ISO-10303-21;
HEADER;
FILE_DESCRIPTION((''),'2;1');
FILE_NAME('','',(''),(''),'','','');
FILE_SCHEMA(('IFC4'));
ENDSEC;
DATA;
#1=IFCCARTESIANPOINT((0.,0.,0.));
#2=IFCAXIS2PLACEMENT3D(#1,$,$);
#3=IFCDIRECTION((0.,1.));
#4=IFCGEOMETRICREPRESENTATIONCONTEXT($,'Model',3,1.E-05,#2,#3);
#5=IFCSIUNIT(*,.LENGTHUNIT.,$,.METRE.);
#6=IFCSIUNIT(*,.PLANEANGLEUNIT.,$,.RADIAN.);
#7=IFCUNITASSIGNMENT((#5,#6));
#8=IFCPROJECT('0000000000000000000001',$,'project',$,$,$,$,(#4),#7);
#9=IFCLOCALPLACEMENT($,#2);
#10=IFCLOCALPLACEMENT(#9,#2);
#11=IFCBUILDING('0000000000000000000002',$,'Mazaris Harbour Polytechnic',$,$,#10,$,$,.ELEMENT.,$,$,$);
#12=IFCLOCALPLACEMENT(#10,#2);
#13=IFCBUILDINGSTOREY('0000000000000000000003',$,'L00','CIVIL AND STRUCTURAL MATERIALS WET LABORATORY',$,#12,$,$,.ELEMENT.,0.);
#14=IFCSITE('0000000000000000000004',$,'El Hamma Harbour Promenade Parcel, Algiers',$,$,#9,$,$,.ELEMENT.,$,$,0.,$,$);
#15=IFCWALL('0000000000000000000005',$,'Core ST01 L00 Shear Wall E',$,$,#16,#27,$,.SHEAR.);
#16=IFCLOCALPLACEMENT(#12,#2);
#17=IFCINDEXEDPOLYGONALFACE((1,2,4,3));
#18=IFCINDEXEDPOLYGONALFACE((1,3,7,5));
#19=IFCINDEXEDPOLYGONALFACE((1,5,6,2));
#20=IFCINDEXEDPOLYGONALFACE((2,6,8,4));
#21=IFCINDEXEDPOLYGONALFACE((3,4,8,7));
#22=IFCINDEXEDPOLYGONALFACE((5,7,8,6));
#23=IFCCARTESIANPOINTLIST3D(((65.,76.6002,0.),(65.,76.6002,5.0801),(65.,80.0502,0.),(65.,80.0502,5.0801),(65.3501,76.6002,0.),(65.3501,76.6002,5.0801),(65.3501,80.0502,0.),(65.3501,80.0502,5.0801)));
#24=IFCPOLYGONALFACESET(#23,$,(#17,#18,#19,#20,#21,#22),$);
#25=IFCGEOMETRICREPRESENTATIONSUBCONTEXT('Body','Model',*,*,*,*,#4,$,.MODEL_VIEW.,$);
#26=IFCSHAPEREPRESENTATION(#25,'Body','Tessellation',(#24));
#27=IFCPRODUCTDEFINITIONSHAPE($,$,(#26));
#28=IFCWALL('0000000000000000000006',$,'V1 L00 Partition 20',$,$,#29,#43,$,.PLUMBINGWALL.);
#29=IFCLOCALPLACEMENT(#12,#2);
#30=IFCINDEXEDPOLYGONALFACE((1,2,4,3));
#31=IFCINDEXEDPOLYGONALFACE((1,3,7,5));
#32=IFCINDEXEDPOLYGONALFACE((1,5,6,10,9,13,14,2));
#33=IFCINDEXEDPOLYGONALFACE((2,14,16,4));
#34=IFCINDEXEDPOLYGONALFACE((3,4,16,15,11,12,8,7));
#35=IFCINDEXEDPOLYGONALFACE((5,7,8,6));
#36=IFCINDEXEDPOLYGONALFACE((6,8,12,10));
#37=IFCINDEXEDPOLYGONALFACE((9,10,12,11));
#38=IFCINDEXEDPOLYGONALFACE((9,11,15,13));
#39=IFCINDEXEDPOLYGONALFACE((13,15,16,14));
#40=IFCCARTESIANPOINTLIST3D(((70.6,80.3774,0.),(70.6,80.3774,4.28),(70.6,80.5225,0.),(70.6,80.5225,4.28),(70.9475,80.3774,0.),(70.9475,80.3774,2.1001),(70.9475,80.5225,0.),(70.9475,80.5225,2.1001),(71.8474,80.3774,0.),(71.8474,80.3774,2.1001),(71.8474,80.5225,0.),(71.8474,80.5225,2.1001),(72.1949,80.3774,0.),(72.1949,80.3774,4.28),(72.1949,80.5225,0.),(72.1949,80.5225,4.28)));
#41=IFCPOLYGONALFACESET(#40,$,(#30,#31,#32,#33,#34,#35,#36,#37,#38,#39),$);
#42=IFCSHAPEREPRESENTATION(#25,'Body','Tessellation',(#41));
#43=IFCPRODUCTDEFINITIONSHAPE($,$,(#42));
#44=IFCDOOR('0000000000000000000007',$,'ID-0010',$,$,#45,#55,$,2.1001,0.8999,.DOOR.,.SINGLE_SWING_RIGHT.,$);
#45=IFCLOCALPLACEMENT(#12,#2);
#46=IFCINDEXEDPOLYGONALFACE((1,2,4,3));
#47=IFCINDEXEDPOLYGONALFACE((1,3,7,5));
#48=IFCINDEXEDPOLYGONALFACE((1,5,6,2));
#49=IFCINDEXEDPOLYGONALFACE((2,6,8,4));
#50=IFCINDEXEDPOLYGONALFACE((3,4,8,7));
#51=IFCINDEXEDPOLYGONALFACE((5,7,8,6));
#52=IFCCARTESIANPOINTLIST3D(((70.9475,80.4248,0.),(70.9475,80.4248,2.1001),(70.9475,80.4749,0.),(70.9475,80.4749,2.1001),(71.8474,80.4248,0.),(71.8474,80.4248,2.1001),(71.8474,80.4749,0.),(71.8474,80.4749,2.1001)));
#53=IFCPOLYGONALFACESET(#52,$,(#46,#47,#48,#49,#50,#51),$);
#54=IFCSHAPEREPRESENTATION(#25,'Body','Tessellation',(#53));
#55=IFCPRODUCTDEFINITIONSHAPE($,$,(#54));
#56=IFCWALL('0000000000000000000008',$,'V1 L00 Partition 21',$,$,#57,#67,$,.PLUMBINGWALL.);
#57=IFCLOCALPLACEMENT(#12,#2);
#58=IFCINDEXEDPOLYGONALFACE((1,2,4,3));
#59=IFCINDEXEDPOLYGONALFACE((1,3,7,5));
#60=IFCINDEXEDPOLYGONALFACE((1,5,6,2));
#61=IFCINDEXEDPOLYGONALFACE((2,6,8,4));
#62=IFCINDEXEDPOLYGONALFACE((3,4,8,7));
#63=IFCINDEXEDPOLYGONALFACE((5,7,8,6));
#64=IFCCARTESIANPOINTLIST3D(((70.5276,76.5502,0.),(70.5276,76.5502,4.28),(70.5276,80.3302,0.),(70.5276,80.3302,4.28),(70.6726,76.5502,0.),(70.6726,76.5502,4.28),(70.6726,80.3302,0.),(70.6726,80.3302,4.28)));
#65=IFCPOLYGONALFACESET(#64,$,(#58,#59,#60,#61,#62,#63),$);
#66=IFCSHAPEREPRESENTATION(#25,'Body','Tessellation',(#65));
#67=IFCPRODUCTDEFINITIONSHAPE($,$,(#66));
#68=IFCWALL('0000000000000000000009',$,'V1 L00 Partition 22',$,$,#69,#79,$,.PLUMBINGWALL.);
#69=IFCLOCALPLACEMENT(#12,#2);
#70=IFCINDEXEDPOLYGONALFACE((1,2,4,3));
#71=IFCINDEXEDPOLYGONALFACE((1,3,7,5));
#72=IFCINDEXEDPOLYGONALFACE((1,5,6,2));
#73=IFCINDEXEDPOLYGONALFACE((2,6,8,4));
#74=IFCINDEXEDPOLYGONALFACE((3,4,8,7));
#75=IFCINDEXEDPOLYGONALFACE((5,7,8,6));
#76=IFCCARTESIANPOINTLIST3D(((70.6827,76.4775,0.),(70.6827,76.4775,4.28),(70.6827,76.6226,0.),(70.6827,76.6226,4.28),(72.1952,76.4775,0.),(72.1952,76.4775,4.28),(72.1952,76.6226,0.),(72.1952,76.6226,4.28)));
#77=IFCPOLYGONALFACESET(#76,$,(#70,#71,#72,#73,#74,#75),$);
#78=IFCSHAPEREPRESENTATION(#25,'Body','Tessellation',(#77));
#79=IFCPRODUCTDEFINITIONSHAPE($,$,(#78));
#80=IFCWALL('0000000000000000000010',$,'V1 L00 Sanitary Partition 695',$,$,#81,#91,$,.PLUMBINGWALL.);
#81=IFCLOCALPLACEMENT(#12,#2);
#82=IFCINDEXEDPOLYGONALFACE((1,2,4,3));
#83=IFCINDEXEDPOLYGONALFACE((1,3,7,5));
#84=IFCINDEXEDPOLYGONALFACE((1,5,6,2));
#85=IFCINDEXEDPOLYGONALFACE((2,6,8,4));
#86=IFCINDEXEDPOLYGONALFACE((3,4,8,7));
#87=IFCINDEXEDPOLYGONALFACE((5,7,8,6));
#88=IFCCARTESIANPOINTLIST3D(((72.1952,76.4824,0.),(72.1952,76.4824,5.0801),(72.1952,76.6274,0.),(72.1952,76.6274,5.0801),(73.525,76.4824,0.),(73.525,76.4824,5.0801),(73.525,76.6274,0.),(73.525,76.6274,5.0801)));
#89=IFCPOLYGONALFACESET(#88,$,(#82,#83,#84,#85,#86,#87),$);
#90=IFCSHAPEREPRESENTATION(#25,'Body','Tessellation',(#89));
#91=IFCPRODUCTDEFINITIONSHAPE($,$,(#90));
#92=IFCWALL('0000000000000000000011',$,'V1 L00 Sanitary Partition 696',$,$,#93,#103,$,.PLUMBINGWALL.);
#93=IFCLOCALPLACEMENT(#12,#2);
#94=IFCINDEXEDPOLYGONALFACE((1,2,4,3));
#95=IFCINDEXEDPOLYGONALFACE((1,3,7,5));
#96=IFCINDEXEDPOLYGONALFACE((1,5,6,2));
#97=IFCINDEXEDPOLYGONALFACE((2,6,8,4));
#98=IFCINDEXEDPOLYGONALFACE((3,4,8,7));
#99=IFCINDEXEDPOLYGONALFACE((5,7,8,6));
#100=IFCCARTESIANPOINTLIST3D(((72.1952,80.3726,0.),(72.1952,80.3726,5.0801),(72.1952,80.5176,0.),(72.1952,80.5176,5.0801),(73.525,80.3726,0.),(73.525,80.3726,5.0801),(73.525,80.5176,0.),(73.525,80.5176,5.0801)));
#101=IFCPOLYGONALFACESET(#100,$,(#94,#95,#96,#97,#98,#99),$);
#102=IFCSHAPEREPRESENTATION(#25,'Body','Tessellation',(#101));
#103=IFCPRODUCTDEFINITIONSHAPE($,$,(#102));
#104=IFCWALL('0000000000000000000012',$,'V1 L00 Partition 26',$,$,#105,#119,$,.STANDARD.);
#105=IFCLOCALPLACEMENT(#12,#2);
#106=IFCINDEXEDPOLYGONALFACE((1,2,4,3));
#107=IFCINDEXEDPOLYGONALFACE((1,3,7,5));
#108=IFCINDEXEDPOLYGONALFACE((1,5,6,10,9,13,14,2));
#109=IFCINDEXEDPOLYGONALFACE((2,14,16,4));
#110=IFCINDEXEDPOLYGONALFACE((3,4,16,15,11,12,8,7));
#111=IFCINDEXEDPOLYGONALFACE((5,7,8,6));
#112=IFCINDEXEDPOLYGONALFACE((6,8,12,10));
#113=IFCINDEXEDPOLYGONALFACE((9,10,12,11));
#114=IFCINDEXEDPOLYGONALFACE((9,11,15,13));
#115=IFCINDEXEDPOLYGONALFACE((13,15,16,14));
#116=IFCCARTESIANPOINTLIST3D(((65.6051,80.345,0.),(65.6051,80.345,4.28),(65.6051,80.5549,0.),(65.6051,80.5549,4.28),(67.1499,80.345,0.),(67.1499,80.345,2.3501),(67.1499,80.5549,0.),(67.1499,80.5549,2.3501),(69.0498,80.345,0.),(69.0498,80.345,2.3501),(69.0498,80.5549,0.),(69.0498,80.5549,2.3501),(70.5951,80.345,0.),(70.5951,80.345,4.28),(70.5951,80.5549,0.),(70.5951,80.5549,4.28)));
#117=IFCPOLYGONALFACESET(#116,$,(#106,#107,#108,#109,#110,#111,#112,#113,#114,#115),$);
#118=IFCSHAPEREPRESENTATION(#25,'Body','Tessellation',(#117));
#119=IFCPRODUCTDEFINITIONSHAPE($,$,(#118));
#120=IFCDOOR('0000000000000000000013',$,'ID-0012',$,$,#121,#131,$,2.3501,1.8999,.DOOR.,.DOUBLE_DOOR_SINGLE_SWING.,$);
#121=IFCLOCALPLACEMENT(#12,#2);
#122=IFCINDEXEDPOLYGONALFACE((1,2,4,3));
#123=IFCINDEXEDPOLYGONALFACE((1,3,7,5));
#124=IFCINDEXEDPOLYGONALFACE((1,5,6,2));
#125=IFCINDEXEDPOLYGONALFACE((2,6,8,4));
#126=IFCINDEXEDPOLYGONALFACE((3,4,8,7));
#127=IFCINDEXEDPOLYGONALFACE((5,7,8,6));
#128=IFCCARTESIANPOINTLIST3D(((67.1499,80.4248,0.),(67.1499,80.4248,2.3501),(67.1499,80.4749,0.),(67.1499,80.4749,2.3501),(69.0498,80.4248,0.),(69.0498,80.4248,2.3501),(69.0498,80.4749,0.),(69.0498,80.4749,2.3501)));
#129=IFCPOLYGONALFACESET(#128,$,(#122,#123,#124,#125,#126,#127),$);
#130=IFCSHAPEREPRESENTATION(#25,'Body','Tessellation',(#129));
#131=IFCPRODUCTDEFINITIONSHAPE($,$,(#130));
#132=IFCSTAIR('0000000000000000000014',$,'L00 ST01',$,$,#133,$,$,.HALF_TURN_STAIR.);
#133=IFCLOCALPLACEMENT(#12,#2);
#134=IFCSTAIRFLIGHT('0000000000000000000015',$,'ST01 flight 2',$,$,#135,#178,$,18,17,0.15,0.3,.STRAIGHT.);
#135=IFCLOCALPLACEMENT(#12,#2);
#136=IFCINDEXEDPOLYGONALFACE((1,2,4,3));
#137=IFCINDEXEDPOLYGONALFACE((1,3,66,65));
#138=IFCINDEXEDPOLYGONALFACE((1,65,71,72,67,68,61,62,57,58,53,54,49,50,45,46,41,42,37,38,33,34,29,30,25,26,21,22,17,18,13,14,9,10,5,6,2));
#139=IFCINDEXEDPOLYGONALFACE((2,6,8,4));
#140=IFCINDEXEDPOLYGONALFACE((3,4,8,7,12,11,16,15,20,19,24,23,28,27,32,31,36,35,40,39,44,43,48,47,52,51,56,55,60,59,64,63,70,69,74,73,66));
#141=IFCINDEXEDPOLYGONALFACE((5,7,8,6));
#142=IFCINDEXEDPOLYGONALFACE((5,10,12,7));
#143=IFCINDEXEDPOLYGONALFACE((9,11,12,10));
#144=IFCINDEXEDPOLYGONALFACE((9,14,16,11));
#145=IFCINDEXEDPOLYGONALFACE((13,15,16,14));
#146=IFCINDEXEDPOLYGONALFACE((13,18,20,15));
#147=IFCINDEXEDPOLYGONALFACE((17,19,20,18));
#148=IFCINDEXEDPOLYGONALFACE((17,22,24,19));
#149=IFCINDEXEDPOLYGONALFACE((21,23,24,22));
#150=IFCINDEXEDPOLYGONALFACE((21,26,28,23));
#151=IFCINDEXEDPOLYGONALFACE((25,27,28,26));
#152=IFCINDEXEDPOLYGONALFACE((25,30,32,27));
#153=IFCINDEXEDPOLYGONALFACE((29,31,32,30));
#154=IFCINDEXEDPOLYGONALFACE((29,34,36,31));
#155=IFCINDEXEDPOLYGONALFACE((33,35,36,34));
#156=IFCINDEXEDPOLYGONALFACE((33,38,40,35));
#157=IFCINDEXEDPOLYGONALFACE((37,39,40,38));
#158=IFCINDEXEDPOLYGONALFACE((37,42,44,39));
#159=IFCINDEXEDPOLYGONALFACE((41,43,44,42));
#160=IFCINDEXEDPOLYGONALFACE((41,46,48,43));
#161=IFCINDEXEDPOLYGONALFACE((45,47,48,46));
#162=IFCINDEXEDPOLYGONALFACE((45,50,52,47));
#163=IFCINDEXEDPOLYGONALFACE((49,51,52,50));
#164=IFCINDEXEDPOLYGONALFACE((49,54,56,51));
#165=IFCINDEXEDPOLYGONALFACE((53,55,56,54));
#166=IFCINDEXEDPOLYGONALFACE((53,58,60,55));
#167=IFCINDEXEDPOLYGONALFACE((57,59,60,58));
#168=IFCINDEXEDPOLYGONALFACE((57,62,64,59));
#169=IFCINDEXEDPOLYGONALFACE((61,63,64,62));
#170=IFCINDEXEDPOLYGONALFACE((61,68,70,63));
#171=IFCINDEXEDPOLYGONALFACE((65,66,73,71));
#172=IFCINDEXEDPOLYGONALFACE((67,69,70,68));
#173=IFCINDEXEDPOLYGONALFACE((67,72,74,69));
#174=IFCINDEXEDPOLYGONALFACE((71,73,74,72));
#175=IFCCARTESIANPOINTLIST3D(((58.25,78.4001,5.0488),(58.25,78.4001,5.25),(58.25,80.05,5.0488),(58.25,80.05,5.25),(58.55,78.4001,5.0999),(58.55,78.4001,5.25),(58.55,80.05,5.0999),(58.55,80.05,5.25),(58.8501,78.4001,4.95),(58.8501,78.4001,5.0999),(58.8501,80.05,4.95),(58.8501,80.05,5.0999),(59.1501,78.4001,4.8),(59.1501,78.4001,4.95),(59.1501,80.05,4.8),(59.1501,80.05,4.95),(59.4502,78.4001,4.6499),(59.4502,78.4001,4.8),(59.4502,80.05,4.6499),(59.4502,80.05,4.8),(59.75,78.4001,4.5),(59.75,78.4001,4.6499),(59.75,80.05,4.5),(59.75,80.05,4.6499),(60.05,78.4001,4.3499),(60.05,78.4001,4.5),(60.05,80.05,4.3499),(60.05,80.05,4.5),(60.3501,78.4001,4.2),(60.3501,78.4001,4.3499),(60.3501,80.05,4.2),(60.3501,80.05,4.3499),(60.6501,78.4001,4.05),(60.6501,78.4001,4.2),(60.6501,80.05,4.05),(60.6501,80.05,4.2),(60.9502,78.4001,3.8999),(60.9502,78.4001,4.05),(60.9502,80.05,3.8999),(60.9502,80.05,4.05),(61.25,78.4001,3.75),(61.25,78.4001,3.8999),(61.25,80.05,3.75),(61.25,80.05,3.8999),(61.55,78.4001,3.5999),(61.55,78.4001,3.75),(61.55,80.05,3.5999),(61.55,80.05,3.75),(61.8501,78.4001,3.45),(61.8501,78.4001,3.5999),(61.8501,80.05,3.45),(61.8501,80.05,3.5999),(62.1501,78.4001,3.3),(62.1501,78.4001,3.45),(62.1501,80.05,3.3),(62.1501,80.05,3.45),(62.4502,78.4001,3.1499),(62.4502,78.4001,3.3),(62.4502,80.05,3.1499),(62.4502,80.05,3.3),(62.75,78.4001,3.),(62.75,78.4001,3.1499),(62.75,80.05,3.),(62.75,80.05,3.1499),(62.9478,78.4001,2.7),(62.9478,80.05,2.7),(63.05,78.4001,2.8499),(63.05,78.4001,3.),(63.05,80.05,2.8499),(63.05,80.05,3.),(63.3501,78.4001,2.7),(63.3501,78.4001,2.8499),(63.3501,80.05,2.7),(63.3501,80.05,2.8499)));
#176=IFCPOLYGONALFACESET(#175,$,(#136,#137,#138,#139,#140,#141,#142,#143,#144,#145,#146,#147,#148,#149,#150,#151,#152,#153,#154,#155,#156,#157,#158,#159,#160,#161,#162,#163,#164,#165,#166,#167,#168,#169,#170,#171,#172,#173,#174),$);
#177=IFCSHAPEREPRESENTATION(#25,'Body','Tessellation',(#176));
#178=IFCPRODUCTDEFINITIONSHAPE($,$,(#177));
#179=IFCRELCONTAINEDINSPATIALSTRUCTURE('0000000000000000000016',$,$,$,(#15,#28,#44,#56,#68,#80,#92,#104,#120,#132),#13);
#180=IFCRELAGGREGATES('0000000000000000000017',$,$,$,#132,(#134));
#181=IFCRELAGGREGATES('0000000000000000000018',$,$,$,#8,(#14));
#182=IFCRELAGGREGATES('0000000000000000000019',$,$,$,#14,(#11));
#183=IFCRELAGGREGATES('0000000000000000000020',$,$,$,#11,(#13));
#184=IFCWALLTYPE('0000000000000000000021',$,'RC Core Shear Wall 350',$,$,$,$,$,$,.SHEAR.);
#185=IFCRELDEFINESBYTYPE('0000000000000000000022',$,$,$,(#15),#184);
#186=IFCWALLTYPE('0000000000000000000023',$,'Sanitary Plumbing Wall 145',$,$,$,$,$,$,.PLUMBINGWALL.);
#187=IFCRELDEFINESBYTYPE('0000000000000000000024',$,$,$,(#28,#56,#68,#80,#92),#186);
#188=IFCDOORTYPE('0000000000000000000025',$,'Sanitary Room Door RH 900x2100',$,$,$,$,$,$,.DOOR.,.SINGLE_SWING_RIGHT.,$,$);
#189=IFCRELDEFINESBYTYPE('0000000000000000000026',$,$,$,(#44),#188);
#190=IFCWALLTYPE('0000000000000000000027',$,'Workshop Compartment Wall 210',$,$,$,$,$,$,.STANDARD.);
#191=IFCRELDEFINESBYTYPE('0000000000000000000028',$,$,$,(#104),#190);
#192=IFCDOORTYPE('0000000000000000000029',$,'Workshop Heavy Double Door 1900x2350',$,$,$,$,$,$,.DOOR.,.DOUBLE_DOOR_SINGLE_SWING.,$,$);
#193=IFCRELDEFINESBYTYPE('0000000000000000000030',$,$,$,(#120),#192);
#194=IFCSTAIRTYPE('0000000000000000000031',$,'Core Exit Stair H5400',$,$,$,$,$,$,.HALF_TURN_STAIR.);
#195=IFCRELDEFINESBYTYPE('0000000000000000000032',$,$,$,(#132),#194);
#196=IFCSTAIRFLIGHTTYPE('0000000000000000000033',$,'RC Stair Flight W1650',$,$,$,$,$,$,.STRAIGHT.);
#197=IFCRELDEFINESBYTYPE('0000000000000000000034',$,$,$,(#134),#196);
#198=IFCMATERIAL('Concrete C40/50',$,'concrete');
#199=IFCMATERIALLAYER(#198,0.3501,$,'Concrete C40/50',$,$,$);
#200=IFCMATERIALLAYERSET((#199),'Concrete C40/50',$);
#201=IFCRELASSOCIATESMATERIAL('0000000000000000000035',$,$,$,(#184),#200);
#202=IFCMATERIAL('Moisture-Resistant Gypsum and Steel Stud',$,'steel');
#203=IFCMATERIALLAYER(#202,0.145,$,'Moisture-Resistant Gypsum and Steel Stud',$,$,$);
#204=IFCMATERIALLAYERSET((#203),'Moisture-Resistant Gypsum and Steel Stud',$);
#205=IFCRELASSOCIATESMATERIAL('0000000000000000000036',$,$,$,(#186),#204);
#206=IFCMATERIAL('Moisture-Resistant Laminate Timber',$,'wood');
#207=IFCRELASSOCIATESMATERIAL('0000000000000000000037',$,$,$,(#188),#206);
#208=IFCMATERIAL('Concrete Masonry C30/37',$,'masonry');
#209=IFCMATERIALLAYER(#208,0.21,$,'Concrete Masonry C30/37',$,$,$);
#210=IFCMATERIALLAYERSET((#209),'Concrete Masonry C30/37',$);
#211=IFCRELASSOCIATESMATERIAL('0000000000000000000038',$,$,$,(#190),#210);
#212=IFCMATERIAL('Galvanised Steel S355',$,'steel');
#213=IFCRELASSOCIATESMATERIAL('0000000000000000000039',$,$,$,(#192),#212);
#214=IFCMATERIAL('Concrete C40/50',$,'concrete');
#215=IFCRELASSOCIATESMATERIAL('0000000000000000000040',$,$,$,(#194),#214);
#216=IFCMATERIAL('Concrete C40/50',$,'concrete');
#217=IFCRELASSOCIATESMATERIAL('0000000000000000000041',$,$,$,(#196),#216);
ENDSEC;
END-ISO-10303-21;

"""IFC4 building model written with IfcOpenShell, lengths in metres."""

from ifc_helpers import new_model, si_unit, direction, frame, frame_2d, origin, place, context, subcontext, project, spatial, polyline, rectangle, outline, extrude, material, layer, layer_set, type_object, element, fill, aggregate, save


model = new_model("IFC4")

# Units and contexts
model_context = context("Model", 3, precision=1e-05, world=origin(), true_north=direction((0.0, 1.0)))
body_context = subcontext(model_context, "Body", "Model", "MODEL_VIEW")
ifc_project = project(units=[si_unit("LENGTHUNIT", "METRE"), si_unit("PLANEANGLEUNIT", "RADIAN")], contexts=[model_context])

# Site, building, storey
site_placement = place(None, origin())
site = spatial("IfcSite", under=ifc_project, at=site_placement, Name="El Hamma Harbour Promenade Parcel, Algiers", CompositionType="ELEMENT", RefElevation=0.0)
building_placement = place(site_placement, origin())
building = spatial("IfcBuilding", under=site, at=building_placement, Name="Mazaris Harbour Polytechnic", CompositionType="ELEMENT")
storey_placement = place(building_placement, origin())
storey = spatial("IfcBuildingStorey", under=building, at=storey_placement, Name="L00", Description="CIVIL AND STRUCTURAL MATERIALS WET LABORATORY", CompositionType="ELEMENT", Elevation=0.0)

# Wall
ifc_material_1 = material(Name="Concrete C40/50", Category="concrete")
ifc_layer_1 = layer(ifc_material_1, 0.3501, Name="Concrete C40/50")
ifc_layer_set_1 = layer_set([ifc_layer_1], Name="Concrete C40/50")
wall_type_1 = type_object("IfcWallType", Name="RC Core Shear Wall 350", PredefinedType="SHEAR", material=ifc_layer_set_1)
wall_1_placement = place(storey_placement, frame((65.175, 76.6001, 0.0), z_axis=(0.0, 0.0, 1.0), x_axis=(0.0, 1.0, 0.0)))
element("IfcWall", 1, at=wall_1_placement, inside=storey, type_object=wall_type_1, Name="Core ST01 L00 Shear Wall E", PredefinedType="SHEAR", context=body_context, shape_type="SweptSolid", body=[
    extrude(rectangle(XDim=3.45, YDim=0.3501, at=frame_2d((1.7251, 0.0))), origin(), (0.0, 0.0, 1.0), 5.0801),
])

# Wall, opening, door
ifc_material_2 = material(Name="Moisture-Resistant Gypsum and Steel Stud", Category="steel")
ifc_layer_2 = layer(ifc_material_2, 0.145, Name="Moisture-Resistant Gypsum and Steel Stud")
ifc_layer_set_2 = layer_set([ifc_layer_2], Name="Moisture-Resistant Gypsum and Steel Stud")
wall_type_2 = type_object("IfcWallType", Name="Sanitary Plumbing Wall 145", PredefinedType="PLUMBINGWALL", material=ifc_layer_set_2)
wall_2_placement = place(storey_placement, frame((70.6001, 80.45, 0.0), z_axis=(0.0, 0.0, 1.0), x_axis=(1.0, 0.0, 0.0)))
wall_2 = element("IfcWall", 2, at=wall_2_placement, inside=storey, type_object=wall_type_2, Name="V1 L00 Partition 20", PredefinedType="PLUMBINGWALL", context=body_context, shape_type="SweptSolid", body=[
    extrude(rectangle(XDim=1.595, YDim=0.145, at=frame_2d((0.7974, 0.0))), origin(), (0.0, 0.0, 1.0), 4.28),
])
opening_1_placement = place(wall_2_placement, frame((0.3474, 0.0, 0.0)))
opening_1 = element("IfcOpeningElement", 3, at=opening_1_placement, cuts=wall_2, PredefinedType="OPENING", context=body_context, shape_type="SweptSolid", body=[
    extrude(rectangle(XDim=0.8999, YDim=2.1001, at=frame_2d((0.45, 1.05))), frame((0.0, 0.0825, 0.0), z_axis=(0.0, -1.0, 0.0), x_axis=(1.0, 0.0, 0.0)), (0.0, 0.0, 1.0), 0.165),
])
ifc_material_3 = material(Name="Moisture-Resistant Laminate Timber", Category="wood")
door_type_1 = type_object("IfcDoorType", Name="Sanitary Room Door RH 900x2100", OperationType="SINGLE_SWING_RIGHT", PredefinedType="DOOR", material=ifc_material_3)
door_1_placement = place(opening_1_placement, origin())
door_1 = element("IfcDoor", 4, at=door_1_placement, inside=storey, type_object=door_type_1, Name="ID-0010", OperationType="SINGLE_SWING_RIGHT", OverallHeight=2.1001, OverallWidth=0.8999, PredefinedType="DOOR", context=body_context, shape_type="SweptSolid", body=[
    extrude(rectangle(XDim=0.8999, YDim=2.1001, at=frame_2d((0.45, 1.05))), frame((0.0, 0.0249, 0.0), z_axis=(0.0, -1.0, 0.0), x_axis=(1.0, 0.0, 0.0)), (0.0, 0.0, 1.0), 0.05),
])
fill(opening_1, door_1)

# Walls
wall_3_placement = place(storey_placement, frame((70.6001, 76.55, 0.0), z_axis=(0.0, 0.0, 1.0), x_axis=(0.0, 1.0, 0.0)))
element("IfcWall", 5, at=wall_3_placement, inside=storey, type_object=wall_type_2, Name="V1 L00 Partition 21", PredefinedType="PLUMBINGWALL", context=body_context, shape_type="SweptSolid", body=[
    extrude(rectangle(XDim=3.78, YDim=0.145, at=frame_2d((1.8901, 0.0))), origin(), (0.0, 0.0, 1.0), 4.28),
])
wall_4_placement = place(storey_placement, frame((70.6826, 76.55, 0.0), z_axis=(0.0, 0.0, 1.0), x_axis=(1.0, 0.0, 0.0)))
element("IfcWall", 6, at=wall_4_placement, inside=storey, type_object=wall_type_2, Name="V1 L00 Partition 22", PredefinedType="PLUMBINGWALL", context=body_context, shape_type="SweptSolid", body=[
    extrude(rectangle(XDim=1.5125, YDim=0.145, at=frame_2d((0.7563, 0.0))), origin(), (0.0, 0.0, 1.0), 4.28),
])
for number, where, z_axis, x_axis, name in (
    (7, (72.1951, 76.5549, 0.0), (0.0, 0.0, 1.0), (1.0, 0.0, 0.0), "V1 L00 Sanitary Partition 695"),
    (8, (72.1951, 80.4451, 0.0), (0.0, 0.0, 1.0), (1.0, 0.0, 0.0), "V1 L00 Sanitary Partition 696"),
):
    element("IfcWall", number, at=place(storey_placement, frame(where, z_axis=z_axis, x_axis=x_axis)), inside=storey, type_object=wall_type_2, Name=name, PredefinedType="PLUMBINGWALL", context=body_context, shape_type="SweptSolid", body=[
        extrude(rectangle(XDim=1.3298, YDim=0.145, at=frame_2d((0.665, 0.0))), origin(), (0.0, 0.0, 1.0), 5.0801),
    ])

# Wall, opening, door
ifc_material_4 = material(Name="Concrete Masonry C30/37", Category="masonry")
ifc_layer_3 = layer(ifc_material_4, 0.21, Name="Concrete Masonry C30/37")
ifc_layer_set_3 = layer_set([ifc_layer_3], Name="Concrete Masonry C30/37")
wall_type_3 = type_object("IfcWallType", Name="Workshop Compartment Wall 210", PredefinedType="STANDARD", material=ifc_layer_set_3)
wall_5_placement = place(storey_placement, frame((65.605, 80.45, 0.0), z_axis=(0.0, 0.0, 1.0), x_axis=(1.0, 0.0, 0.0)))
wall_5 = element("IfcWall", 9, at=wall_5_placement, inside=storey, type_object=wall_type_3, Name="V1 L00 Partition 26", PredefinedType="STANDARD", context=body_context, shape_type="SweptSolid", body=[
    extrude(rectangle(XDim=4.99, YDim=0.21, at=frame_2d((2.4951, 0.0))), origin(), (0.0, 0.0, 1.0), 4.28),
])
opening_2_placement = place(wall_5_placement, frame((1.5449, 0.0, 0.0)))
opening_2 = element("IfcOpeningElement", 10, at=opening_2_placement, cuts=wall_5, PredefinedType="OPENING", context=body_context, shape_type="SweptSolid", body=[
    extrude(rectangle(XDim=1.8999, YDim=2.3501, at=frame_2d((0.95, 1.175))), frame((0.0, 0.115, 0.0), z_axis=(0.0, -1.0, 0.0), x_axis=(1.0, 0.0, 0.0)), (0.0, 0.0, 1.0), 0.23),
])
ifc_material_5 = material(Name="Galvanised Steel S355", Category="steel")
door_type_2 = type_object("IfcDoorType", Name="Workshop Heavy Double Door 1900x2350", OperationType="DOUBLE_DOOR_SINGLE_SWING", PredefinedType="DOOR", material=ifc_material_5)
door_2_placement = place(opening_2_placement, origin())
door_2 = element("IfcDoor", 11, at=door_2_placement, inside=storey, type_object=door_type_2, Name="ID-0012", OperationType="DOUBLE_DOOR_SINGLE_SWING", OverallHeight=2.3501, OverallWidth=1.8999, PredefinedType="DOOR", context=body_context, shape_type="SweptSolid", body=[
    extrude(rectangle(XDim=1.8999, YDim=2.3501, at=frame_2d((0.95, 1.175))), frame((0.0, 0.0249, 0.0), z_axis=(0.0, -1.0, 0.0), x_axis=(1.0, 0.0, 0.0)), (0.0, 0.0, 1.0), 0.05),
])
fill(opening_2, door_2)

# Stair, stair flight
ifc_material_6 = material(Name="Concrete C40/50", Category="concrete")
stair_type = type_object("IfcStairType", Name="Core Exit Stair H5400", PredefinedType="HALF_TURN_STAIR", material=ifc_material_6)
stair_placement = place(storey_placement, origin())
stair = element("IfcStair", 12, at=stair_placement, inside=storey, type_object=stair_type, Name="L00 ST01", PredefinedType="HALF_TURN_STAIR")
ifc_material_7 = material(Name="Concrete C40/50", Category="concrete")
stair_flight_type = type_object("IfcStairFlightType", Name="RC Stair Flight W1650", PredefinedType="STRAIGHT", material=ifc_material_7)
stair_flight_placement = place(storey_placement, frame((63.3501, 79.2251, 2.7), z_axis=(0.0, 0.0, 1.0), x_axis=(-1.0, 0.0, 0.0)))
stair_flight = element("IfcStairFlight", 13, at=stair_flight_placement, type_object=stair_flight_type, Name="ST01 flight 2", NumberOfRisers=18, NumberOfTreads=17, PredefinedType="STRAIGHT", RiserHeight=0.15, TreadLength=0.3, context=body_context, shape_type="SweptSolid", body=[
    extrude(outline(polyline([(0.0, 0.0), (0.0, 0.1499), (0.3, 0.1499), (0.3, 0.3), (0.6001, 0.3), (0.6001, 0.45), (0.8999, 0.45), (0.8999, 0.6001), (1.2, 0.6001), (1.2, 0.75), (1.5, 0.75), (1.5, 0.8999), (1.8, 0.8999), (1.8, 1.05), (2.1001, 1.05), (2.1001, 1.2), (2.3999, 1.2), (2.3999, 1.3501), (2.7, 1.3501), (2.7, 1.5), (3.0, 1.5), (3.0, 1.6499), (3.3, 1.6499), (3.3, 1.8), (3.6001, 1.8), (3.6001, 1.95), (3.8999, 1.95), (3.8999, 2.1001), (4.2, 2.1001), (4.2, 2.25), (4.5, 2.25), (4.5, 2.3999), (4.8, 2.3999), (4.8, 2.55), (5.1001, 2.55), (5.1001, 2.7), (5.1001, 2.3489), (0.4023, 0.0), (0.0, 0.0)])), frame((0.0, 0.825, 0.0), z_axis=(0.0, -1.0, 0.0), x_axis=(1.0, 0.0, 0.0)), (0.0, 0.0, 1.0), 1.6499),
])
aggregate(stair, [stair_flight])

save(model, "model.ifc")
